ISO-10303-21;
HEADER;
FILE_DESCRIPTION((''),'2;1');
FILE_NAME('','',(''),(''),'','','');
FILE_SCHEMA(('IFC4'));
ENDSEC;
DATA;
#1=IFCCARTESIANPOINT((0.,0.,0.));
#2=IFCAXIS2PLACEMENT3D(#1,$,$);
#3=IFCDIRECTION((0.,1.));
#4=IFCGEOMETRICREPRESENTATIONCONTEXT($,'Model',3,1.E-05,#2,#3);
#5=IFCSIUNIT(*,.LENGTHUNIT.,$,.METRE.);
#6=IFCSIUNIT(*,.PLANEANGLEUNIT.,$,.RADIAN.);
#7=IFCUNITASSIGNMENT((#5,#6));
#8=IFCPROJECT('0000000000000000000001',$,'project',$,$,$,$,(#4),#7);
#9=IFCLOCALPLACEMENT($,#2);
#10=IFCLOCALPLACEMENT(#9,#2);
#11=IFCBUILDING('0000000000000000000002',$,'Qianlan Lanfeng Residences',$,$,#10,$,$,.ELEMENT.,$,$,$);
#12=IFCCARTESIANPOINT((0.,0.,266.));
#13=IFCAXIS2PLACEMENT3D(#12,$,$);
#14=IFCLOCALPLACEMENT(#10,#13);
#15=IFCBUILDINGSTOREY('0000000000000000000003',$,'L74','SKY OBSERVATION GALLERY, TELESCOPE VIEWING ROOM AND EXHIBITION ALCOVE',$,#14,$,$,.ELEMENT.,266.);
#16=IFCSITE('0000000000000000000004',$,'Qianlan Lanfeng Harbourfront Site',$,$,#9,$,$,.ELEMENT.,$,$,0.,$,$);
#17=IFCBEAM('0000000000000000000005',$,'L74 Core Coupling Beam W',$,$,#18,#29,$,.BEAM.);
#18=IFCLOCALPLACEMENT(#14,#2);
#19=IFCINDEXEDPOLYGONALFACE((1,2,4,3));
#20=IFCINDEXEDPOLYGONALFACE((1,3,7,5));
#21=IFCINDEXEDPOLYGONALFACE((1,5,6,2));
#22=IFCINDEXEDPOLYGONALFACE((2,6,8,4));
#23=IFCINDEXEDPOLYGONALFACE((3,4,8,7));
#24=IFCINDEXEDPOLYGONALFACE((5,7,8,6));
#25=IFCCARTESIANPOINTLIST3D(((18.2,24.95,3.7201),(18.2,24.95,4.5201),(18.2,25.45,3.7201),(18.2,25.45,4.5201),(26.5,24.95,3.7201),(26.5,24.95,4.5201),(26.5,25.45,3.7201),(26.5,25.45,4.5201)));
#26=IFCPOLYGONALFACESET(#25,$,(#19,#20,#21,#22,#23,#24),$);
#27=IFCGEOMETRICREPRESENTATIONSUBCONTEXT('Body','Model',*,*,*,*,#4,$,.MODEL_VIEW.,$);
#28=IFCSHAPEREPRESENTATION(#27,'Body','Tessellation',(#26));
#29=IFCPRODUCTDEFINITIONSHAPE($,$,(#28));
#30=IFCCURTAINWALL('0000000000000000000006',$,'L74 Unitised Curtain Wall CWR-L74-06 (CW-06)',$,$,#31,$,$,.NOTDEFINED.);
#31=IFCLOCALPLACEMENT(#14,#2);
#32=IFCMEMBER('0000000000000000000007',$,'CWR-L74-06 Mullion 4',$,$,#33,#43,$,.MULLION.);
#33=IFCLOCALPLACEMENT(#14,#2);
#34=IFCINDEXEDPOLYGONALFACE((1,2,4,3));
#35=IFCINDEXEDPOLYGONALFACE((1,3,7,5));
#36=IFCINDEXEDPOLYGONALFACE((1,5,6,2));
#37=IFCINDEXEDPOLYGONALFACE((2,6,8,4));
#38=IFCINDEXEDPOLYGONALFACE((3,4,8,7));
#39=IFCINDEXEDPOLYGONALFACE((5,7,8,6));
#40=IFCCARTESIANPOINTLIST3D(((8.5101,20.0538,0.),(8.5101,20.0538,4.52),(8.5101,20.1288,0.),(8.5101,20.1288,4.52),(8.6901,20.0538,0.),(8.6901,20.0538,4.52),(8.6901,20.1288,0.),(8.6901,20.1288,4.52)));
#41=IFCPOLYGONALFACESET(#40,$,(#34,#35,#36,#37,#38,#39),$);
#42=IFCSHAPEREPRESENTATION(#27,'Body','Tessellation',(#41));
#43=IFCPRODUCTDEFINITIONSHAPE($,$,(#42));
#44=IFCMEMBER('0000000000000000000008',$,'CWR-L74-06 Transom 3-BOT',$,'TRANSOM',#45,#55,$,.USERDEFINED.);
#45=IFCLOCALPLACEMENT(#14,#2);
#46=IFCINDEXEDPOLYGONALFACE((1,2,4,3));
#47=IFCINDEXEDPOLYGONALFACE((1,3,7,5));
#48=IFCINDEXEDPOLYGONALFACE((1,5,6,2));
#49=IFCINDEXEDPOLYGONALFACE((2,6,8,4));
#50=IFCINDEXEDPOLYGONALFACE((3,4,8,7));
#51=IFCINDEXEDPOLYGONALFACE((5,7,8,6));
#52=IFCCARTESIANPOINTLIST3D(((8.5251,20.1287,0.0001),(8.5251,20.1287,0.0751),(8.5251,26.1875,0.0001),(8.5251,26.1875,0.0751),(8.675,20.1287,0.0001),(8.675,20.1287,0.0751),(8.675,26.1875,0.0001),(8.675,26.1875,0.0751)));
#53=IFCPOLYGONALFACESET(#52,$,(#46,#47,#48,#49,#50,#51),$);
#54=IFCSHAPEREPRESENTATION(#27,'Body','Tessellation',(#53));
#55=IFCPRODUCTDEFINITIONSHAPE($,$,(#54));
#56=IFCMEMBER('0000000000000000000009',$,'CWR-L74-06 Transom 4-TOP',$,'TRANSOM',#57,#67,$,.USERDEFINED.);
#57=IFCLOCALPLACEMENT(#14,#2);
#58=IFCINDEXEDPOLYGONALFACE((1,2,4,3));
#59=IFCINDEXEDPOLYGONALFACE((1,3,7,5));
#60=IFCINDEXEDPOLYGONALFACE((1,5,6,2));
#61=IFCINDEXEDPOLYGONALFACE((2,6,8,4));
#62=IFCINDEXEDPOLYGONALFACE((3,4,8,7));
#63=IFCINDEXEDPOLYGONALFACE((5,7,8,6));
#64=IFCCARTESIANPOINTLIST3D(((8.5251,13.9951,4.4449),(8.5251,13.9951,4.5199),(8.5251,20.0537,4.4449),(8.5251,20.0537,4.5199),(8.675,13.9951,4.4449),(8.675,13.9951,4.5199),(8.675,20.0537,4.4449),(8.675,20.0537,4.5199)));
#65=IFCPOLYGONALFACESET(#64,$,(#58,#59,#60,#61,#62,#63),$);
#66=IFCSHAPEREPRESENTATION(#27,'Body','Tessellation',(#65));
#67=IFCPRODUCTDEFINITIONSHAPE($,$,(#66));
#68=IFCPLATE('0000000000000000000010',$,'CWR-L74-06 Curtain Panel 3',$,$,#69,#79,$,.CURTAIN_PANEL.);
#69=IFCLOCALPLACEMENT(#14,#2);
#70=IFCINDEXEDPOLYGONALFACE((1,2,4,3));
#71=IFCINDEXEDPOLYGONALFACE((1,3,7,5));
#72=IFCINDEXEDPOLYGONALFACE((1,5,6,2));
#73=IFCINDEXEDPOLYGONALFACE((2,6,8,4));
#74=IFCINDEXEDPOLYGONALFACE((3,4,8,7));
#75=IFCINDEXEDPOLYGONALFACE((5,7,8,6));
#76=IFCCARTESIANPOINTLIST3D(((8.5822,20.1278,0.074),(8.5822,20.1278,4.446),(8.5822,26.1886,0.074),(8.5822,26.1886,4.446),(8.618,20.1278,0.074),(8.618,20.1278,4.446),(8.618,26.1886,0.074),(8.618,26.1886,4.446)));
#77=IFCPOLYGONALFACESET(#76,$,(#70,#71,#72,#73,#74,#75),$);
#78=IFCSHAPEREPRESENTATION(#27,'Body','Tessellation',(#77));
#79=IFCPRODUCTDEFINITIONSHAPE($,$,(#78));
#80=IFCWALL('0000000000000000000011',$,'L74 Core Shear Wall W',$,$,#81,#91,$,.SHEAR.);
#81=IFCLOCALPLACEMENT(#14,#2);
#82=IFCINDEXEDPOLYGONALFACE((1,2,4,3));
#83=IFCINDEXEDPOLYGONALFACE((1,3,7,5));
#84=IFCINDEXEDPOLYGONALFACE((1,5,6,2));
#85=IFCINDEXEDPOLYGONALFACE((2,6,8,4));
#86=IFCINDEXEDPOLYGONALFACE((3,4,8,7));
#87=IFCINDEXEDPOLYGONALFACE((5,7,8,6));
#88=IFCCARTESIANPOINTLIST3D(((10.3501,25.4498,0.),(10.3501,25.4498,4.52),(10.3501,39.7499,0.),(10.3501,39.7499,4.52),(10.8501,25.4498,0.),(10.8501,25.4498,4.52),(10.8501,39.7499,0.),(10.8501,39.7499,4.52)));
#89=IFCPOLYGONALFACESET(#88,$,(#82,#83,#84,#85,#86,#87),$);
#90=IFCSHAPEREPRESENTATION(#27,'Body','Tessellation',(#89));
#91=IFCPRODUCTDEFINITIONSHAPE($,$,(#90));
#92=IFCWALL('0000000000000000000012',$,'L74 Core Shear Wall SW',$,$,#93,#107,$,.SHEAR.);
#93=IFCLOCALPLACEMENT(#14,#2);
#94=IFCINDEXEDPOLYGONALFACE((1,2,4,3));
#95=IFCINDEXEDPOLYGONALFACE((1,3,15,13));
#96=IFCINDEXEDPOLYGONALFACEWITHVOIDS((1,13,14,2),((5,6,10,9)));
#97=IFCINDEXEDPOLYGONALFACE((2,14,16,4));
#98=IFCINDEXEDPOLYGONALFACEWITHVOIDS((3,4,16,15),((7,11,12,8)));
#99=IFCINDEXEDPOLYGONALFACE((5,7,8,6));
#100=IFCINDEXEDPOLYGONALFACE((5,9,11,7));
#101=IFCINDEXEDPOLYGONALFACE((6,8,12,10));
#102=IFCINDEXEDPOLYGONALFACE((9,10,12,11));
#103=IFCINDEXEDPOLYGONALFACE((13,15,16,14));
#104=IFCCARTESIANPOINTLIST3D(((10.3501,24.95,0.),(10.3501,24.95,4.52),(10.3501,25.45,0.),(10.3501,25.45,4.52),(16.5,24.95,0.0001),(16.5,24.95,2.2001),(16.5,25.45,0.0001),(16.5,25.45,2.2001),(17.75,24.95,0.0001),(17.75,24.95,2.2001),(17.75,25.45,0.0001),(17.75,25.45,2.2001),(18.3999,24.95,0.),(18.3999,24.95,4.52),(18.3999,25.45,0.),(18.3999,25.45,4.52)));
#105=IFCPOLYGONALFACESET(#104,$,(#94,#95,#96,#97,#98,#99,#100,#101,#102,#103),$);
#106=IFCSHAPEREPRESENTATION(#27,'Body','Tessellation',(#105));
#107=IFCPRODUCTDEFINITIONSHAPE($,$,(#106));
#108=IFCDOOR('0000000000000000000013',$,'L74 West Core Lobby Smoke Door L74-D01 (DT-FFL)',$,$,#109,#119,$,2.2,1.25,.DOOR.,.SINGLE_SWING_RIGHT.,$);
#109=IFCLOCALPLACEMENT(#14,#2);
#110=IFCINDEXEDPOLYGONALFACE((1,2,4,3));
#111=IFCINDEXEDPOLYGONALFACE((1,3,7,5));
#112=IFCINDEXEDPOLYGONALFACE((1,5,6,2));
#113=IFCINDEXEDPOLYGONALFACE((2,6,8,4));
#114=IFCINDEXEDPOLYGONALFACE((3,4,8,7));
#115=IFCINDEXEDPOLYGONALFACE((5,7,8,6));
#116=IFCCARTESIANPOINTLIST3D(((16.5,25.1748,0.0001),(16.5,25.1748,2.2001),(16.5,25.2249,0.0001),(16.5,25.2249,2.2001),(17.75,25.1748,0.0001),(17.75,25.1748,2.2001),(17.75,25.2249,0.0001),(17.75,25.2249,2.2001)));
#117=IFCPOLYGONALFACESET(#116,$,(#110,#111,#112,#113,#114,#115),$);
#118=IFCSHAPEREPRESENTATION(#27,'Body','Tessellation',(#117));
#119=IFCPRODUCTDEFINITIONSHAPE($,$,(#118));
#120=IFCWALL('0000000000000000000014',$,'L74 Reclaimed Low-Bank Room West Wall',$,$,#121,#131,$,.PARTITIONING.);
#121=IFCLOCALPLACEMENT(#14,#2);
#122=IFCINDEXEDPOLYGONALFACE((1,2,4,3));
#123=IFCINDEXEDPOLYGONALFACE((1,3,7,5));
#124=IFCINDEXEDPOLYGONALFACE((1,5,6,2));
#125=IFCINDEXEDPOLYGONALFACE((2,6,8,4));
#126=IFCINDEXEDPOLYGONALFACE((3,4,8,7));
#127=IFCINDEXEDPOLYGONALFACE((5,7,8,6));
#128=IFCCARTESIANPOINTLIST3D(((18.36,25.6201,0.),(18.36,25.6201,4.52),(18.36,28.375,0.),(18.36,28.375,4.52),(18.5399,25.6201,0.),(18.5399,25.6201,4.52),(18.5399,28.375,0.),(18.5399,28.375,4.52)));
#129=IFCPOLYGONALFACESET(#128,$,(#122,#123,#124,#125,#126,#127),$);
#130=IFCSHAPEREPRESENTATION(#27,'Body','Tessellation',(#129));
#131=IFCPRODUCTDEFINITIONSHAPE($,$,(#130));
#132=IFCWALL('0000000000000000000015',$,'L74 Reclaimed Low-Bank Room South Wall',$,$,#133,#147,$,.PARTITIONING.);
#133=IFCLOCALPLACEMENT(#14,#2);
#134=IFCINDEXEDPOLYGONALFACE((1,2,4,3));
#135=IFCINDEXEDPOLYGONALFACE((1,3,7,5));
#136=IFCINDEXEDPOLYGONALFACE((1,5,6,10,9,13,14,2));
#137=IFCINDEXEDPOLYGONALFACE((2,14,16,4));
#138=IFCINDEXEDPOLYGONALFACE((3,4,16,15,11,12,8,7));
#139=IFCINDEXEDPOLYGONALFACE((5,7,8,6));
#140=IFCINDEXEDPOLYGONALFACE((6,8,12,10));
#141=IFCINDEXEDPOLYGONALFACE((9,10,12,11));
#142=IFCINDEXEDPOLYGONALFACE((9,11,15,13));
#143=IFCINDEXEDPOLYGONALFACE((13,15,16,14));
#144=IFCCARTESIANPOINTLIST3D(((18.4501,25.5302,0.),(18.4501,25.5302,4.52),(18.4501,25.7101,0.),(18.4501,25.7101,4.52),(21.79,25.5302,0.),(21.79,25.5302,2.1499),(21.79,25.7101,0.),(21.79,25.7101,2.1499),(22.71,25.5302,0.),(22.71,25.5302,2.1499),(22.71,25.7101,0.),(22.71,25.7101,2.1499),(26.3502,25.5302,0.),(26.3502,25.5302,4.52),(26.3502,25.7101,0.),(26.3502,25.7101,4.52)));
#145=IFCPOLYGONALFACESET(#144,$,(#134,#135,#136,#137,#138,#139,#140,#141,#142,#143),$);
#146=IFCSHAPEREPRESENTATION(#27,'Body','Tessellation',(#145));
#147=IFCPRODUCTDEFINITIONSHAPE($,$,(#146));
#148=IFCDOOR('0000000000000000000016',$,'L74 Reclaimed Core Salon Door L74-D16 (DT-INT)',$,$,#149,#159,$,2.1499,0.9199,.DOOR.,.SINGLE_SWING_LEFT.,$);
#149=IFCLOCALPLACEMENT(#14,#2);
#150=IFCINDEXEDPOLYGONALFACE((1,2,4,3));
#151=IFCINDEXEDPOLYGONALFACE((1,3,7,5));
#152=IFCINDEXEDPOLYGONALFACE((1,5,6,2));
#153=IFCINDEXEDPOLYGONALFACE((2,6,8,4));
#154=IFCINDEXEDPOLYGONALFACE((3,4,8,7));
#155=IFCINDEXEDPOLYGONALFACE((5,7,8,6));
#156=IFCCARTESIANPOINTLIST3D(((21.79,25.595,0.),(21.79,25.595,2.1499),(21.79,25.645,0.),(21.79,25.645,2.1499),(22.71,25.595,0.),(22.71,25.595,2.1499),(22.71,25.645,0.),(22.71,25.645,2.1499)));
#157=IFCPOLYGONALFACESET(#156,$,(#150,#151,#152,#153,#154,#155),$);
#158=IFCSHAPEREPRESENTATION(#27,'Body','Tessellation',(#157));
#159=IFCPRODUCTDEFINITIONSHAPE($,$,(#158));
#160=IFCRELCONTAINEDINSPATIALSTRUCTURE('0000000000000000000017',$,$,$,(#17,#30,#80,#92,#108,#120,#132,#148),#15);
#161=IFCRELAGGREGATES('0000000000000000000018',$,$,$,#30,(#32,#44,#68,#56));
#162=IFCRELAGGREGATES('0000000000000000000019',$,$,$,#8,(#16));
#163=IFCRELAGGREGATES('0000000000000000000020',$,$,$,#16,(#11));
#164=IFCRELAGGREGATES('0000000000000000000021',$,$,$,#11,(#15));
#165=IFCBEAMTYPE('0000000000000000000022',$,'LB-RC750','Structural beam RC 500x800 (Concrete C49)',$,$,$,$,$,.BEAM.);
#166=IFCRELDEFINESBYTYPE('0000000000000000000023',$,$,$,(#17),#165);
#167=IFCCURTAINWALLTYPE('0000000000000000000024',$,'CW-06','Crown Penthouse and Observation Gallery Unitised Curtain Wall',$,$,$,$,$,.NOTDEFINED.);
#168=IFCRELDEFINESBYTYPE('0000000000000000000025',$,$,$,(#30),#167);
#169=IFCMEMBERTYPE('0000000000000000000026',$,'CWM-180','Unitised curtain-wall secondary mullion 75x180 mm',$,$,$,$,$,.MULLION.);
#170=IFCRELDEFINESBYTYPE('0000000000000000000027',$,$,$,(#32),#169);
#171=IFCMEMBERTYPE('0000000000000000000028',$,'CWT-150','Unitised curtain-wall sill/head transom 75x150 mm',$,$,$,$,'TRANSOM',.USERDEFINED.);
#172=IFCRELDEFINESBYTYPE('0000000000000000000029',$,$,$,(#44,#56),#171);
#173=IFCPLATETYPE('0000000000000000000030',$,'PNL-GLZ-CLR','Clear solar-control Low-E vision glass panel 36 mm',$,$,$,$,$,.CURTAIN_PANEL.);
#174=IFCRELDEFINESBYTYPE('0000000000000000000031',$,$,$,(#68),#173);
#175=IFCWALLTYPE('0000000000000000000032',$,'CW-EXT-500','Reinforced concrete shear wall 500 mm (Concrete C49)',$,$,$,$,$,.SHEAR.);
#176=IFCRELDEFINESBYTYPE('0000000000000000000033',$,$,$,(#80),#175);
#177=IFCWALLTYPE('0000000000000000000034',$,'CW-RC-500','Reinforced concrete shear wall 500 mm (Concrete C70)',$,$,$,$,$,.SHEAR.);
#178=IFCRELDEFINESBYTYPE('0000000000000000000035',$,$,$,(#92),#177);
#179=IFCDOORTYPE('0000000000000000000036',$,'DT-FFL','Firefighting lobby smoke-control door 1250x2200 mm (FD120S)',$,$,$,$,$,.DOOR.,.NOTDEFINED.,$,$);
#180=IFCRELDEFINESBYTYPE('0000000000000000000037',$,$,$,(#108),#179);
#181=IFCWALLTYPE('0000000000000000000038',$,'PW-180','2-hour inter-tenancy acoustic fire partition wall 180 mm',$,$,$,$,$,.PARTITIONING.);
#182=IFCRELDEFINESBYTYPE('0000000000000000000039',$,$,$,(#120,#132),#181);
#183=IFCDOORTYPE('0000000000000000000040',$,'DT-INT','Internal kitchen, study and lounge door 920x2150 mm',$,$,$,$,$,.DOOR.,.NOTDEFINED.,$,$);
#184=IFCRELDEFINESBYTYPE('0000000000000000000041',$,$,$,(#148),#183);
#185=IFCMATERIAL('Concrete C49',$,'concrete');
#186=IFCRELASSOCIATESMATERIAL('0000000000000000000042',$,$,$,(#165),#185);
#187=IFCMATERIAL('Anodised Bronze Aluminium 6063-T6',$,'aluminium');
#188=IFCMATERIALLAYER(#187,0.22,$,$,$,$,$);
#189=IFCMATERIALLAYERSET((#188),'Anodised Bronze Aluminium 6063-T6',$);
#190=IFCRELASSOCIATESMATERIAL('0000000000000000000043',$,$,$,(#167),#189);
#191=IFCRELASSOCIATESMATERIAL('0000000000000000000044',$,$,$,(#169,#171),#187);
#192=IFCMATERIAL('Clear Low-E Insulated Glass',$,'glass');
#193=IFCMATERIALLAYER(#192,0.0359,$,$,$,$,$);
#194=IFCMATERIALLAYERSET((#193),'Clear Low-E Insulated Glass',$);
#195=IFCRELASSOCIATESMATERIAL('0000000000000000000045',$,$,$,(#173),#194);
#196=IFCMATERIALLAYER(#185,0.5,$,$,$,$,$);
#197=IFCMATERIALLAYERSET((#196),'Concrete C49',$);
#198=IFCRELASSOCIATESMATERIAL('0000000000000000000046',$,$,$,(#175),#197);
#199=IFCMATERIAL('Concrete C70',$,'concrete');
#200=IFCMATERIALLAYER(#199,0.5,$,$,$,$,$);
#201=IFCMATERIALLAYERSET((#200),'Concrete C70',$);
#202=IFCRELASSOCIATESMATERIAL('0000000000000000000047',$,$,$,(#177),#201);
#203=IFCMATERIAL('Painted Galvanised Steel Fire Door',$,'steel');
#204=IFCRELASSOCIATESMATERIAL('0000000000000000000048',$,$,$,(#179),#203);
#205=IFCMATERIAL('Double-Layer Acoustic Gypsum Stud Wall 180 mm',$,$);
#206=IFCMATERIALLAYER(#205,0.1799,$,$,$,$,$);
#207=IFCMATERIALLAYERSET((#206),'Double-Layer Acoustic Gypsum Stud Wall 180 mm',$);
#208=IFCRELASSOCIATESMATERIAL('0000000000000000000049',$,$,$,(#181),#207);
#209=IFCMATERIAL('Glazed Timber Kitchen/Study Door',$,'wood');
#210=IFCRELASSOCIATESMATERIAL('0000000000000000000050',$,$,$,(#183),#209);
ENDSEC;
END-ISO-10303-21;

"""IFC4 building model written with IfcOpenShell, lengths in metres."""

from ifc_helpers import new_model, si_unit, direction, frame, frame_2d, origin, origin_2d, place, context, subcontext, project, spatial, rectangle, extrude, source, transform, mapped, material, layer, layer_set, material_profile, profile_set, type_object, element, fill, aggregate, save


model = new_model("IFC4")

# Units and contexts
model_context = context("Model", 3, precision=1e-05, world=origin(), true_north=direction((0.0, 1.0)))
body_context = subcontext(model_context, "Body", "Model", "MODEL_VIEW")
ifc_project = project(units=[si_unit("LENGTHUNIT", "METRE"), si_unit("PLANEANGLEUNIT", "RADIAN")], contexts=[model_context])

# Site, building, storey
site_placement = place(None, origin())
site = spatial("IfcSite", under=ifc_project, at=site_placement, Name="Qianlan Lanfeng Harbourfront Site", CompositionType="ELEMENT", RefElevation=0.0)
building_placement = place(site_placement, origin())
building = spatial("IfcBuilding", under=site, at=building_placement, Name="Qianlan Lanfeng Residences", CompositionType="ELEMENT")
storey_placement = place(building_placement, frame((0.0, 0.0, 266.0)))
storey = spatial("IfcBuildingStorey", under=building, at=storey_placement, Name="L74", Description="SKY OBSERVATION GALLERY, TELESCOPE VIEWING ROOM AND EXHIBITION ALCOVE", CompositionType="ELEMENT", Elevation=266.0)

# Beam
ifc_material_1 = material(Name="Concrete C49", Category="concrete")
ifc_material_profile_1 = material_profile(ifc_material_1, rectangle(XDim=0.5, YDim=0.8, at=origin_2d()), Name="RC 500x800")
ifc_profile_set_1 = profile_set([ifc_material_profile_1], Name="Concrete C49")
beam_type = type_object("IfcBeamType", Name="LB-RC750", Description="Structural beam RC 500x800 (Concrete C49)", PredefinedType="BEAM", material=ifc_profile_set_1)
beam_placement = place(storey_placement, frame((18.2, 25.2, 4.1201), z_axis=(1.0, 0.0, 0.0), x_axis=(0.0, 1.0, 0.0)))
element("IfcBeam", 1, at=beam_placement, inside=storey, type_object=beam_type, Name="L74 Core Coupling Beam W", PredefinedType="BEAM", context=body_context, shape_type="SweptSolid", body=[
    extrude(rectangle(XDim=0.5, YDim=0.8, at=origin_2d()), origin(), (0.0, 0.0, 1.0), 8.3),
])

# Curtain wall, members, plate
ifc_material_2 = material(Name="Anodised Bronze Aluminium 6063-T6", Category="aluminium")
ifc_layer_1 = layer(ifc_material_2, 0.22)
ifc_layer_set_1 = layer_set([ifc_layer_1], Name="Anodised Bronze Aluminium 6063-T6")
curtain_wall_type = type_object("IfcCurtainWallType", Name="CW-06", Description="Crown Penthouse and Observation Gallery Unitised Curtain Wall", PredefinedType="NOTDEFINED", material=ifc_layer_set_1)
curtain_wall_placement = place(storey_placement, origin())
curtain_wall = element("IfcCurtainWall", 2, at=curtain_wall_placement, inside=storey, type_object=curtain_wall_type, Name="L74 Unitised Curtain Wall CWR-L74-06 (CW-06)", PredefinedType="NOTDEFINED")
ifc_material_profile_2 = material_profile(ifc_material_2, rectangle(XDim=0.075, YDim=0.1799, at=origin_2d()), Name="ALU MULLION 75x180")
ifc_profile_set_2 = profile_set([ifc_material_profile_2], Name="Anodised Bronze Aluminium 6063-T6")
member_type_1 = type_object("IfcMemberType", Name="CWM-180", Description="Unitised curtain-wall secondary mullion 75x180 mm", PredefinedType="MULLION", material=ifc_profile_set_2)
shared_shape_1 = source(origin(), body_context, "Body", "SweptSolid", [
    extrude(rectangle(XDim=0.075, YDim=0.1799, at=origin_2d()), origin(), (0.0, 0.0, 1.0), 4.52),
])
member_1_placement = place(storey_placement, frame((8.6001, 20.0913, 0.0), z_axis=(0.0, 0.0, 1.0), x_axis=(0.0, -1.0, 0.0)))
member_1 = element("IfcMember", 3, at=member_1_placement, type_object=member_type_1, Name="CWR-L74-06 Mullion 4", PredefinedType="MULLION", context=body_context, shape_type="MappedRepresentation", body=[
    mapped(shared_shape_1, transform((0.0, 0.0, 0.0), scale=1.0)),
])
ifc_material_profile_3 = material_profile(ifc_material_2, rectangle(XDim=0.075, YDim=0.1499, at=origin_2d()), Name="ALU TRANSOM 75x150")
ifc_profile_set_3 = profile_set([ifc_material_profile_3], Name="Anodised Bronze Aluminium 6063-T6")
member_type_2 = type_object("IfcMemberType", Name="CWT-150", Description="Unitised curtain-wall sill/head transom 75x150 mm", ElementType="TRANSOM", PredefinedType="USERDEFINED", material=ifc_profile_set_3)
shared_shape_2 = source(origin(), body_context, "Body", "SweptSolid", [
    extrude(rectangle(XDim=0.075, YDim=0.1499, at=origin_2d()), origin(), (0.0, 0.0, 1.0), 6.0588),
])
member_2_placement = place(storey_placement, frame((8.6001, 26.1875, 0.0376), z_axis=(0.0, -1.0, 0.0), x_axis=(0.0, 0.0, 1.0)))
member_2 = element("IfcMember", 4, at=member_2_placement, type_object=member_type_2, Name="CWR-L74-06 Transom 3-BOT", ObjectType="TRANSOM", PredefinedType="USERDEFINED", context=body_context, shape_type="MappedRepresentation", body=[
    mapped(shared_shape_2, transform((0.0, 0.0, 0.0), scale=1.0)),
])
shared_shape_3 = source(origin(), body_context, "Body", "SweptSolid", [
    extrude(rectangle(XDim=0.075, YDim=0.1499, at=origin_2d()), origin(), (0.0, 0.0, 1.0), 6.0586),
])
member_3_placement = place(storey_placement, frame((8.6001, 20.0537, 4.4824), z_axis=(0.0, -1.0, 0.0), x_axis=(0.0, 0.0, 1.0)))
member_3 = element("IfcMember", 5, at=member_3_placement, type_object=member_type_2, Name="CWR-L74-06 Transom 4-TOP", ObjectType="TRANSOM", PredefinedType="USERDEFINED", context=body_context, shape_type="MappedRepresentation", body=[
    mapped(shared_shape_3, transform((0.0, 0.0, 0.0), scale=1.0)),
])
ifc_material_3 = material(Name="Clear Low-E Insulated Glass", Category="glass")
ifc_layer_2 = layer(ifc_material_3, 0.0359)
ifc_layer_set_2 = layer_set([ifc_layer_2], Name="Clear Low-E Insulated Glass")
plate_type = type_object("IfcPlateType", Name="PNL-GLZ-CLR", Description="Clear solar-control Low-E vision glass panel 36 mm", PredefinedType="CURTAIN_PANEL", material=ifc_layer_set_2)
shared_shape_4 = source(origin(), body_context, "Body", "SweptSolid", [
    extrude(rectangle(XDim=6.0608, YDim=0.0359, at=origin_2d()), origin(), (0.0, 0.0, 1.0), 4.3721),
])
plate_placement = place(storey_placement, frame((8.6001, 23.1582, 0.074), z_axis=(0.0, 0.0, 1.0), x_axis=(0.0, -1.0, 0.0)))
plate = element("IfcPlate", 6, at=plate_placement, type_object=plate_type, Name="CWR-L74-06 Curtain Panel 3", PredefinedType="CURTAIN_PANEL", context=body_context, shape_type="MappedRepresentation", body=[
    mapped(shared_shape_4, transform((0.0, 0.0, 0.0), scale=1.0)),
])
aggregate(curtain_wall, [member_1, member_2, plate, member_3])

# Wall
ifc_layer_3 = layer(ifc_material_1, 0.5)
ifc_layer_set_3 = layer_set([ifc_layer_3], Name="Concrete C49")
wall_type_1 = type_object("IfcWallType", Name="CW-EXT-500", Description="Reinforced concrete shear wall 500 mm (Concrete C49)", PredefinedType="SHEAR", material=ifc_layer_set_3)
wall_1_placement = place(storey_placement, frame((10.6001, 25.45, 0.0), z_axis=(0.0, 0.0, 1.0), x_axis=(0.0, 1.0, 0.0)))
element("IfcWall", 7, at=wall_1_placement, inside=storey, type_object=wall_type_1, Name="L74 Core Shear Wall W", PredefinedType="SHEAR", context=body_context, shape_type="SweptSolid", body=[
    extrude(rectangle(XDim=14.3, YDim=0.5, at=frame_2d((7.1499, 0.0))), origin(), (0.0, 0.0, 1.0), 4.52),
])

# Wall, opening, door
ifc_material_4 = material(Name="Concrete C70", Category="concrete")
ifc_layer_4 = layer(ifc_material_4, 0.5)
ifc_layer_set_4 = layer_set([ifc_layer_4], Name="Concrete C70")
wall_type_2 = type_object("IfcWallType", Name="CW-RC-500", Description="Reinforced concrete shear wall 500 mm (Concrete C70)", PredefinedType="SHEAR", material=ifc_layer_set_4)
wall_2_placement = place(storey_placement, frame((10.3501, 25.2, 0.0), z_axis=(0.0, 0.0, 1.0), x_axis=(1.0, 0.0, 0.0)))
wall_2 = element("IfcWall", 8, at=wall_2_placement, inside=storey, type_object=wall_type_2, Name="L74 Core Shear Wall SW", PredefinedType="SHEAR", context=body_context, shape_type="SweptSolid", body=[
    extrude(rectangle(XDim=8.0498, YDim=0.5, at=frame_2d((4.0249, 0.0))), origin(), (0.0, 0.0, 1.0), 4.52),
])
opening_1_placement = place(wall_2_placement, frame((6.1499, 0.0, 0.0)))
opening_1 = element("IfcOpeningElement", 9, at=opening_1_placement, cuts=wall_2, PredefinedType="OPENING", context=body_context, shape_type="SweptSolid", body=[
    extrude(rectangle(XDim=1.25, YDim=2.2, at=frame_2d((0.625, 1.1001))), frame((0.0, 0.26, 0.0), z_axis=(0.0, -1.0, 0.0), x_axis=(1.0, 0.0, 0.0)), (0.0, 0.0, 1.0), 0.52),
])
ifc_material_5 = material(Name="Painted Galvanised Steel Fire Door", Category="steel")
door_type_1 = type_object("IfcDoorType", Name="DT-FFL", Description="Firefighting lobby smoke-control door 1250x2200 mm (FD120S)", OperationType="NOTDEFINED", PredefinedType="DOOR", material=ifc_material_5)
door_1_placement = place(opening_1_placement, origin())
door_1 = element("IfcDoor", 10, at=door_1_placement, inside=storey, type_object=door_type_1, Name="L74 West Core Lobby Smoke Door L74-D01 (DT-FFL)", OperationType="SINGLE_SWING_RIGHT", OverallHeight=2.2, OverallWidth=1.25, PredefinedType="DOOR", context=body_context, shape_type="SweptSolid", body=[
    extrude(rectangle(XDim=1.25, YDim=2.2, at=frame_2d((0.625, 1.1001))), frame((0.0, 0.0249, 0.0), z_axis=(0.0, -1.0, 0.0), x_axis=(1.0, 0.0, 0.0)), (0.0, 0.0, 1.0), 0.05),
])
fill(opening_1, door_1)

# Shared definitions
ifc_material_6 = material(Name="Double-Layer Acoustic Gypsum Stud Wall 180 mm")
ifc_layer_5 = layer(ifc_material_6, 0.1799)
ifc_layer_set_5 = layer_set([ifc_layer_5], Name="Double-Layer Acoustic Gypsum Stud Wall 180 mm")
wall_type_3 = type_object("IfcWallType", Name="PW-180", Description="2-hour inter-tenancy acoustic fire partition wall 180 mm", PredefinedType="PARTITIONING", material=ifc_layer_set_5)
ifc_material_7 = material(Name="Glazed Timber Kitchen/Study Door", Category="wood")
door_type_2 = type_object("IfcDoorType", Name="DT-INT", Description="Internal kitchen, study and lounge door 920x2150 mm", OperationType="NOTDEFINED", PredefinedType="DOOR", material=ifc_material_7)

# Wall
wall_3_placement = place(storey_placement, frame((18.45, 25.6201, 0.0), z_axis=(0.0, 0.0, 1.0), x_axis=(0.0, 1.0, 0.0)))
element("IfcWall", 11, at=wall_3_placement, inside=storey, type_object=wall_type_3, Name="L74 Reclaimed Low-Bank Room West Wall", PredefinedType="PARTITIONING", context=body_context, shape_type="SweptSolid", body=[
    extrude(rectangle(XDim=2.7549, YDim=0.1799, at=frame_2d((1.3774, 0.0))), origin(), (0.0, 0.0, 1.0), 4.52),
])

# Wall, opening, door
wall_4_placement = place(storey_placement, frame((18.45, 25.6201, 0.0), z_axis=(0.0, 0.0, 1.0), x_axis=(1.0, 0.0, 0.0)))
wall_4 = element("IfcWall", 12, at=wall_4_placement, inside=storey, type_object=wall_type_3, Name="L74 Reclaimed Low-Bank Room South Wall", PredefinedType="PARTITIONING", context=body_context, shape_type="SweptSolid", body=[
    extrude(rectangle(XDim=7.9001, YDim=0.1799, at=frame_2d((3.9502, 0.0))), origin(), (0.0, 0.0, 1.0), 4.52),
])
opening_2_placement = place(wall_4_placement, frame((3.3401, 0.0, 0.0)))
opening_2 = element("IfcOpeningElement", 13, at=opening_2_placement, cuts=wall_4, PredefinedType="OPENING", context=body_context, shape_type="SweptSolid", body=[
    extrude(rectangle(XDim=0.9199, YDim=2.1499, at=frame_2d((0.46, 1.075))), frame((0.0, 0.1001, 0.0), z_axis=(0.0, -1.0, 0.0), x_axis=(1.0, 0.0, 0.0)), (0.0, 0.0, 1.0), 0.2),
])
door_2_placement = place(opening_2_placement, origin())
door_2 = element("IfcDoor", 14, at=door_2_placement, inside=storey, type_object=door_type_2, Name="L74 Reclaimed Core Salon Door L74-D16 (DT-INT)", OperationType="SINGLE_SWING_LEFT", OverallHeight=2.1499, OverallWidth=0.9199, PredefinedType="DOOR", context=body_context, shape_type="SweptSolid", body=[
    extrude(rectangle(XDim=0.9199, YDim=2.1499, at=frame_2d((0.46, 1.075))), frame((0.0, 0.0249, 0.0), z_axis=(0.0, -1.0, 0.0), x_axis=(1.0, 0.0, 0.0)), (0.0, 0.0, 1.0), 0.05),
])
fill(opening_2, door_2)

save(model, "model.ifc")
